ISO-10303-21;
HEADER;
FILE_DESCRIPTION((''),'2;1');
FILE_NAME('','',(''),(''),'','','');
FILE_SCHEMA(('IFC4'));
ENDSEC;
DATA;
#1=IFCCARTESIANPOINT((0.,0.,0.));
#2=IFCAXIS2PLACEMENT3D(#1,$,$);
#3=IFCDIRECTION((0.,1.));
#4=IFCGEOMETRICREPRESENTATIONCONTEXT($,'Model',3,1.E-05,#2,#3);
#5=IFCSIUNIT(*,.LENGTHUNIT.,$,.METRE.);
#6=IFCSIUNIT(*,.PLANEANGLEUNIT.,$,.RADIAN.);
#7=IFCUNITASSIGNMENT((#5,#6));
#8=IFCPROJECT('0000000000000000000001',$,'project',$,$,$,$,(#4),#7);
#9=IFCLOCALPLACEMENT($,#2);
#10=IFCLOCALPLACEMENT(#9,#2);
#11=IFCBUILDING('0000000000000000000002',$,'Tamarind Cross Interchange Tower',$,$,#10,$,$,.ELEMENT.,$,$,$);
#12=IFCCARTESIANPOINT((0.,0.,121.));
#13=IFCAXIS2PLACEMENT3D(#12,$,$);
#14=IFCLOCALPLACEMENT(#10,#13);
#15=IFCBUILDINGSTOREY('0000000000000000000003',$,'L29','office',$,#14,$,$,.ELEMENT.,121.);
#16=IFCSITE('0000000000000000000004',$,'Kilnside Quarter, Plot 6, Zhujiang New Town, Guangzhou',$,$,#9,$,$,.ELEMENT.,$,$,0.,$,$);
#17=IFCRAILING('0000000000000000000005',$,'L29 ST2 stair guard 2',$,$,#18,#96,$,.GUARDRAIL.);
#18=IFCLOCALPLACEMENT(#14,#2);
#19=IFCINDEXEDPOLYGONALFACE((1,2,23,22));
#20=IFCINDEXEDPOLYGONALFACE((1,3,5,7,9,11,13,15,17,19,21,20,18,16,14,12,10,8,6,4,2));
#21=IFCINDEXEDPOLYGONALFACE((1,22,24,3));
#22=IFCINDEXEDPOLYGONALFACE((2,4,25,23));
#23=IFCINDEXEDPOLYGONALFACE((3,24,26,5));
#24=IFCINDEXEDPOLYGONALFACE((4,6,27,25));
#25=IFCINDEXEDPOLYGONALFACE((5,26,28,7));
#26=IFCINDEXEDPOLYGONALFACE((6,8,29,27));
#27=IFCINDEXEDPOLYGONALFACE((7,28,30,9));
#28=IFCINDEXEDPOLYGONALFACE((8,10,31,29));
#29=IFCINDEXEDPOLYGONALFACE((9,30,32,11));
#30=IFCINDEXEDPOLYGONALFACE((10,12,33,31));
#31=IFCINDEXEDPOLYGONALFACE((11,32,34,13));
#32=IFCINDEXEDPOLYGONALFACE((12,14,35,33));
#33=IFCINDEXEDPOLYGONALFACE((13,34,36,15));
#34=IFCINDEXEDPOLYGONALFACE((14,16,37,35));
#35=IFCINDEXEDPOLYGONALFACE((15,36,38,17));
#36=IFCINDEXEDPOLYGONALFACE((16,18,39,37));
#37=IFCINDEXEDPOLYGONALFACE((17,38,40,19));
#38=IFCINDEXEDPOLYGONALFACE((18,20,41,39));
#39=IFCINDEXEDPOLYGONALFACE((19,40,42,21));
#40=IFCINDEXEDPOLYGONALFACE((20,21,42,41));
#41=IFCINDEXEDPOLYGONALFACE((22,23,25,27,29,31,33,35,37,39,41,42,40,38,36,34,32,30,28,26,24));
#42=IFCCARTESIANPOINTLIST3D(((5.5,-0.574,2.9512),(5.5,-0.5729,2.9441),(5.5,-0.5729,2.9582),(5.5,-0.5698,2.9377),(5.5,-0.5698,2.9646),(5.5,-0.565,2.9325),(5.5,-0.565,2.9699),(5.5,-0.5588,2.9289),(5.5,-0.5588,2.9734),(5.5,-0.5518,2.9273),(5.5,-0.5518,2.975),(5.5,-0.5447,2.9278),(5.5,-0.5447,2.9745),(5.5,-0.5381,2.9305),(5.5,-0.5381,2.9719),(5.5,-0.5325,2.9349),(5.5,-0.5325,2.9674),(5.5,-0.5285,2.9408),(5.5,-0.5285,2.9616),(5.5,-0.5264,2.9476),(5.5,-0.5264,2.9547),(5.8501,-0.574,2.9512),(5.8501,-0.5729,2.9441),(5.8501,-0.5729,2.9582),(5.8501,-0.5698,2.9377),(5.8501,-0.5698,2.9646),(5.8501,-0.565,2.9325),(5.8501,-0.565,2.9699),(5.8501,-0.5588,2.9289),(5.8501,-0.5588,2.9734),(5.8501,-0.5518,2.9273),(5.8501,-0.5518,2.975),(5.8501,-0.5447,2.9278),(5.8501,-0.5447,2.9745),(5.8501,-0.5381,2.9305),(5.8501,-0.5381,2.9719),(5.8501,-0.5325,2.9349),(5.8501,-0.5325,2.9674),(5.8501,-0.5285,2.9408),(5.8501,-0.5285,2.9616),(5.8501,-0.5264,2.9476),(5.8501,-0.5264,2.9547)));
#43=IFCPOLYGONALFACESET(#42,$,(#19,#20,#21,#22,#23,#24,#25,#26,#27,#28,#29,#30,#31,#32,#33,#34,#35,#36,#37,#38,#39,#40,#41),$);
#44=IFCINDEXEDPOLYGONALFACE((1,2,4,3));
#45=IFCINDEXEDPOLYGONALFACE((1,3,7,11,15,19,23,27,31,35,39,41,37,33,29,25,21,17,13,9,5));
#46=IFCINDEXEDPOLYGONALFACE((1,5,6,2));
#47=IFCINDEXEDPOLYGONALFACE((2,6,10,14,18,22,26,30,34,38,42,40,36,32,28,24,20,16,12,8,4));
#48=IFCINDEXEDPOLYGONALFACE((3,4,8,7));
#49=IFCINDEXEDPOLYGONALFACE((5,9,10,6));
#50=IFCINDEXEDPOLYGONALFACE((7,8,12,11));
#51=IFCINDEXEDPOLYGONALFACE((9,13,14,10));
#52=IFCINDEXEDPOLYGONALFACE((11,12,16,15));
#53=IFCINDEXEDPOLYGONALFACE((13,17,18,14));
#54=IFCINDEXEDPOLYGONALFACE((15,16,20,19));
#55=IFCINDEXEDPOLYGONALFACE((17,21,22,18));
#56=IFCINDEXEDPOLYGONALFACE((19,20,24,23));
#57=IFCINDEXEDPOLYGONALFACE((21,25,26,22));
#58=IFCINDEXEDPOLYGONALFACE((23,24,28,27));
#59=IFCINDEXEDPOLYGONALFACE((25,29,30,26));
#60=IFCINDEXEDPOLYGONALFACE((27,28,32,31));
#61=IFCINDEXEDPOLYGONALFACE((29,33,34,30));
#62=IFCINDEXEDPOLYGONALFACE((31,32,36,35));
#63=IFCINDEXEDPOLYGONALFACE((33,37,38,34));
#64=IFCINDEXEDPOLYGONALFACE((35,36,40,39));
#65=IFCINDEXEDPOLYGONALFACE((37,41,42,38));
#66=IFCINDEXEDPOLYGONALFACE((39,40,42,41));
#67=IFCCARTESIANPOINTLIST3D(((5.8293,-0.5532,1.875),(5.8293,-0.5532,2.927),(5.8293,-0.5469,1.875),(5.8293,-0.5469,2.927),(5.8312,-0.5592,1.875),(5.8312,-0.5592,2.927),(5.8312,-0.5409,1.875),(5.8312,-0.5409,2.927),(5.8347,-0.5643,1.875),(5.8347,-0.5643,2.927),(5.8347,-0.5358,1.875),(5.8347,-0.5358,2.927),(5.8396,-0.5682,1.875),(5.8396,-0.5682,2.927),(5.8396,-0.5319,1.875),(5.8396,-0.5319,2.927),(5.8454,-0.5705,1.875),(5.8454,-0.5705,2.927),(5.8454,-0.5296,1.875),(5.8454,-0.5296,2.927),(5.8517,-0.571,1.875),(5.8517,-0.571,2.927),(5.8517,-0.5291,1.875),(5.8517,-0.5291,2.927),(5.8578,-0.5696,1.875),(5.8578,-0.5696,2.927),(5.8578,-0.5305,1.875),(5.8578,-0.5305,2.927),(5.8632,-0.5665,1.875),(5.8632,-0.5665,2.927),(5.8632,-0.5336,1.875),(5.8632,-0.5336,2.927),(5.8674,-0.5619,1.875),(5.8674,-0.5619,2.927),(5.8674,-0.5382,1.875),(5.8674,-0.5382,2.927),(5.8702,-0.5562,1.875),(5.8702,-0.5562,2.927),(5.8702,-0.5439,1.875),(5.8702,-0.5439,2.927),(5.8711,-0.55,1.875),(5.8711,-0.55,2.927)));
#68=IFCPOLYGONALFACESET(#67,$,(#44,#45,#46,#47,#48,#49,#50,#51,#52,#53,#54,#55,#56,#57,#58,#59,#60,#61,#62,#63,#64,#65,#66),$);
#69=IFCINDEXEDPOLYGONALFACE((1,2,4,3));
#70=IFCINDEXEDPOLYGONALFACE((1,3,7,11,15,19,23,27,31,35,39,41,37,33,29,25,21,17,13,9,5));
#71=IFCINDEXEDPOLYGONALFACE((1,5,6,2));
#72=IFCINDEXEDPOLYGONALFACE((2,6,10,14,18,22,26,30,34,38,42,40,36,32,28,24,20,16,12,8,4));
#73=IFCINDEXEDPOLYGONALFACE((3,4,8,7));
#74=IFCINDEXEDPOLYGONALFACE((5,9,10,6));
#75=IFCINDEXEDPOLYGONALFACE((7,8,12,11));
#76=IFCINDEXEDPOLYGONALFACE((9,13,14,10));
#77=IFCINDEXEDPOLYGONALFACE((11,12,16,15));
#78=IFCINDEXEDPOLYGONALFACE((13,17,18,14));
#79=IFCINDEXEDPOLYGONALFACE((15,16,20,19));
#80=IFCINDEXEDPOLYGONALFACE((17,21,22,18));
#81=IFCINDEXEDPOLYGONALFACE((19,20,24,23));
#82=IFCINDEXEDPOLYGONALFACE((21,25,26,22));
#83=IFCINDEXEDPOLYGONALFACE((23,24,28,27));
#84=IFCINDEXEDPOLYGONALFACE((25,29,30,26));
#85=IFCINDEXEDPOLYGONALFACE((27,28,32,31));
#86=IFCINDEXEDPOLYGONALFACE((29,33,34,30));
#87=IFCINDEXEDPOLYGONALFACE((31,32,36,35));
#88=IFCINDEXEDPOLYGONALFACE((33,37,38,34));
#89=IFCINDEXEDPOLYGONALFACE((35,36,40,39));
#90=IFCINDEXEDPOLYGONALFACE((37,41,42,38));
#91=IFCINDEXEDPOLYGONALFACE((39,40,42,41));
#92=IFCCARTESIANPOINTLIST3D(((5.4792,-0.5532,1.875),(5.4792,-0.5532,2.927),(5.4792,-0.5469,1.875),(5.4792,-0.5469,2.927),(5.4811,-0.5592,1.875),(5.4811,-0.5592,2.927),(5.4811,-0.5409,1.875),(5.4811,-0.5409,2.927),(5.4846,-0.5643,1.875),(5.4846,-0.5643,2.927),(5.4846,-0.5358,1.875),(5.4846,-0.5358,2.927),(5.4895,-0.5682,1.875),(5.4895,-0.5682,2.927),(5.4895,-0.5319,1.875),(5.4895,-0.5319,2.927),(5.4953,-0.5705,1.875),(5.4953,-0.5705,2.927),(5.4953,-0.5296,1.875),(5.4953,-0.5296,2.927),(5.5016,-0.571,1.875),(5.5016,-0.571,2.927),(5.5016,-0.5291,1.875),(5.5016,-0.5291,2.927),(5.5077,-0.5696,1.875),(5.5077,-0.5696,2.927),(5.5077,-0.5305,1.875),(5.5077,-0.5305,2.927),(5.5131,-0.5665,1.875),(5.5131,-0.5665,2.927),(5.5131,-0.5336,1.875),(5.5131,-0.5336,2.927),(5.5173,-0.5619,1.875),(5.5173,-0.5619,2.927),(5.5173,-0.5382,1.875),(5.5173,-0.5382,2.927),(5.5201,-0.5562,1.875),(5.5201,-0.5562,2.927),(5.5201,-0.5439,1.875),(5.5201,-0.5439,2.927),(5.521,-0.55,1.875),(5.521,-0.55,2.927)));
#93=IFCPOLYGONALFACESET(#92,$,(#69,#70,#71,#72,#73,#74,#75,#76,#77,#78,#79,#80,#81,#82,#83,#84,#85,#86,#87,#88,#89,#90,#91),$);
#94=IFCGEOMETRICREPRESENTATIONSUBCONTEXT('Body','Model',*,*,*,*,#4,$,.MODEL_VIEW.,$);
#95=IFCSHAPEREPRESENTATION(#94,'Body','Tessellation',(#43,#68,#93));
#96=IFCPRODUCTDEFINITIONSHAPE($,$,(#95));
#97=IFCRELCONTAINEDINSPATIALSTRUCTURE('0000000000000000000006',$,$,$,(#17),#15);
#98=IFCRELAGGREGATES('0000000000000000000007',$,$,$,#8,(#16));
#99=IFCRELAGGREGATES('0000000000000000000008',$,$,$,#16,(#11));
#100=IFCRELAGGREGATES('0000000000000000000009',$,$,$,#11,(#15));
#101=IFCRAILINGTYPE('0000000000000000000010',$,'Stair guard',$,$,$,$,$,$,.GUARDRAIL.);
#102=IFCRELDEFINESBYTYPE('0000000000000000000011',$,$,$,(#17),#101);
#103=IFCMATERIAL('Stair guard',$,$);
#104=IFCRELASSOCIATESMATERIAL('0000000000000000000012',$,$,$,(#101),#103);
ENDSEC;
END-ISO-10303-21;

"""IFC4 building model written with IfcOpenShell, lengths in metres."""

from ifc_helpers import new_model, si_unit, direction, frame, origin, origin_2d, place, context, subcontext, project, spatial, circle, extrude, material, type_object, element, save


model = new_model("IFC4")

# Units and contexts
model_context = context("Model", 3, precision=1e-05, world=origin(), true_north=direction((0.0, 1.0)))
body_context = subcontext(model_context, "Body", "Model", "MODEL_VIEW")
ifc_project = project(units=[si_unit("LENGTHUNIT", "METRE"), si_unit("PLANEANGLEUNIT", "RADIAN")], contexts=[model_context])

# Site, building, storey
site_placement = place(None, origin())
site = spatial("IfcSite", under=ifc_project, at=site_placement, Name="Kilnside Quarter, Plot 6, Zhujiang New Town, Guangzhou", CompositionType="ELEMENT", RefElevation=0.0)
building_placement = place(site_placement, origin())
building = spatial("IfcBuilding", under=site, at=building_placement, Name="Tamarind Cross Interchange Tower", CompositionType="ELEMENT")
storey_placement = place(building_placement, frame((0.0, 0.0, 121.0)))
storey = spatial("IfcBuildingStorey", under=building, at=storey_placement, Name="L29", Description="office", CompositionType="ELEMENT", Elevation=121.0)

# Railing
ifc_material_1 = material(Name="Stair guard")
railing_type_1 = type_object("IfcRailingType", Name="Stair guard", PredefinedType="GUARDRAIL", material=ifc_material_1)
railing_1_placement = place(storey_placement, frame((5.8501, -0.55, 1.875)))
element("IfcRailing", 1, at=railing_1_placement, inside=storey, type_object=railing_type_1, Name="L29 ST2 stair guard 2", PredefinedType="GUARDRAIL", context=body_context, shape_type="SweptSolid", body=[
    extrude(circle(Radius=0.0239, at=origin_2d()), frame((0.0, 0.0, 1.0762), z_axis=(-1.0, 0.0, 0.0), x_axis=(0.0, -1.0, 0.0)), (0.0, 0.0, 1.0), 0.3501),
    extrude(circle(Radius=0.021, at=origin_2d()), origin(), (0.0, 0.0, 1.0), 1.052),
    extrude(circle(Radius=0.021, at=origin_2d()), frame((-0.3501, 0.0, 0.0)), (0.0, 0.0, 1.0), 1.052),
])

save(model, "model.ifc")
